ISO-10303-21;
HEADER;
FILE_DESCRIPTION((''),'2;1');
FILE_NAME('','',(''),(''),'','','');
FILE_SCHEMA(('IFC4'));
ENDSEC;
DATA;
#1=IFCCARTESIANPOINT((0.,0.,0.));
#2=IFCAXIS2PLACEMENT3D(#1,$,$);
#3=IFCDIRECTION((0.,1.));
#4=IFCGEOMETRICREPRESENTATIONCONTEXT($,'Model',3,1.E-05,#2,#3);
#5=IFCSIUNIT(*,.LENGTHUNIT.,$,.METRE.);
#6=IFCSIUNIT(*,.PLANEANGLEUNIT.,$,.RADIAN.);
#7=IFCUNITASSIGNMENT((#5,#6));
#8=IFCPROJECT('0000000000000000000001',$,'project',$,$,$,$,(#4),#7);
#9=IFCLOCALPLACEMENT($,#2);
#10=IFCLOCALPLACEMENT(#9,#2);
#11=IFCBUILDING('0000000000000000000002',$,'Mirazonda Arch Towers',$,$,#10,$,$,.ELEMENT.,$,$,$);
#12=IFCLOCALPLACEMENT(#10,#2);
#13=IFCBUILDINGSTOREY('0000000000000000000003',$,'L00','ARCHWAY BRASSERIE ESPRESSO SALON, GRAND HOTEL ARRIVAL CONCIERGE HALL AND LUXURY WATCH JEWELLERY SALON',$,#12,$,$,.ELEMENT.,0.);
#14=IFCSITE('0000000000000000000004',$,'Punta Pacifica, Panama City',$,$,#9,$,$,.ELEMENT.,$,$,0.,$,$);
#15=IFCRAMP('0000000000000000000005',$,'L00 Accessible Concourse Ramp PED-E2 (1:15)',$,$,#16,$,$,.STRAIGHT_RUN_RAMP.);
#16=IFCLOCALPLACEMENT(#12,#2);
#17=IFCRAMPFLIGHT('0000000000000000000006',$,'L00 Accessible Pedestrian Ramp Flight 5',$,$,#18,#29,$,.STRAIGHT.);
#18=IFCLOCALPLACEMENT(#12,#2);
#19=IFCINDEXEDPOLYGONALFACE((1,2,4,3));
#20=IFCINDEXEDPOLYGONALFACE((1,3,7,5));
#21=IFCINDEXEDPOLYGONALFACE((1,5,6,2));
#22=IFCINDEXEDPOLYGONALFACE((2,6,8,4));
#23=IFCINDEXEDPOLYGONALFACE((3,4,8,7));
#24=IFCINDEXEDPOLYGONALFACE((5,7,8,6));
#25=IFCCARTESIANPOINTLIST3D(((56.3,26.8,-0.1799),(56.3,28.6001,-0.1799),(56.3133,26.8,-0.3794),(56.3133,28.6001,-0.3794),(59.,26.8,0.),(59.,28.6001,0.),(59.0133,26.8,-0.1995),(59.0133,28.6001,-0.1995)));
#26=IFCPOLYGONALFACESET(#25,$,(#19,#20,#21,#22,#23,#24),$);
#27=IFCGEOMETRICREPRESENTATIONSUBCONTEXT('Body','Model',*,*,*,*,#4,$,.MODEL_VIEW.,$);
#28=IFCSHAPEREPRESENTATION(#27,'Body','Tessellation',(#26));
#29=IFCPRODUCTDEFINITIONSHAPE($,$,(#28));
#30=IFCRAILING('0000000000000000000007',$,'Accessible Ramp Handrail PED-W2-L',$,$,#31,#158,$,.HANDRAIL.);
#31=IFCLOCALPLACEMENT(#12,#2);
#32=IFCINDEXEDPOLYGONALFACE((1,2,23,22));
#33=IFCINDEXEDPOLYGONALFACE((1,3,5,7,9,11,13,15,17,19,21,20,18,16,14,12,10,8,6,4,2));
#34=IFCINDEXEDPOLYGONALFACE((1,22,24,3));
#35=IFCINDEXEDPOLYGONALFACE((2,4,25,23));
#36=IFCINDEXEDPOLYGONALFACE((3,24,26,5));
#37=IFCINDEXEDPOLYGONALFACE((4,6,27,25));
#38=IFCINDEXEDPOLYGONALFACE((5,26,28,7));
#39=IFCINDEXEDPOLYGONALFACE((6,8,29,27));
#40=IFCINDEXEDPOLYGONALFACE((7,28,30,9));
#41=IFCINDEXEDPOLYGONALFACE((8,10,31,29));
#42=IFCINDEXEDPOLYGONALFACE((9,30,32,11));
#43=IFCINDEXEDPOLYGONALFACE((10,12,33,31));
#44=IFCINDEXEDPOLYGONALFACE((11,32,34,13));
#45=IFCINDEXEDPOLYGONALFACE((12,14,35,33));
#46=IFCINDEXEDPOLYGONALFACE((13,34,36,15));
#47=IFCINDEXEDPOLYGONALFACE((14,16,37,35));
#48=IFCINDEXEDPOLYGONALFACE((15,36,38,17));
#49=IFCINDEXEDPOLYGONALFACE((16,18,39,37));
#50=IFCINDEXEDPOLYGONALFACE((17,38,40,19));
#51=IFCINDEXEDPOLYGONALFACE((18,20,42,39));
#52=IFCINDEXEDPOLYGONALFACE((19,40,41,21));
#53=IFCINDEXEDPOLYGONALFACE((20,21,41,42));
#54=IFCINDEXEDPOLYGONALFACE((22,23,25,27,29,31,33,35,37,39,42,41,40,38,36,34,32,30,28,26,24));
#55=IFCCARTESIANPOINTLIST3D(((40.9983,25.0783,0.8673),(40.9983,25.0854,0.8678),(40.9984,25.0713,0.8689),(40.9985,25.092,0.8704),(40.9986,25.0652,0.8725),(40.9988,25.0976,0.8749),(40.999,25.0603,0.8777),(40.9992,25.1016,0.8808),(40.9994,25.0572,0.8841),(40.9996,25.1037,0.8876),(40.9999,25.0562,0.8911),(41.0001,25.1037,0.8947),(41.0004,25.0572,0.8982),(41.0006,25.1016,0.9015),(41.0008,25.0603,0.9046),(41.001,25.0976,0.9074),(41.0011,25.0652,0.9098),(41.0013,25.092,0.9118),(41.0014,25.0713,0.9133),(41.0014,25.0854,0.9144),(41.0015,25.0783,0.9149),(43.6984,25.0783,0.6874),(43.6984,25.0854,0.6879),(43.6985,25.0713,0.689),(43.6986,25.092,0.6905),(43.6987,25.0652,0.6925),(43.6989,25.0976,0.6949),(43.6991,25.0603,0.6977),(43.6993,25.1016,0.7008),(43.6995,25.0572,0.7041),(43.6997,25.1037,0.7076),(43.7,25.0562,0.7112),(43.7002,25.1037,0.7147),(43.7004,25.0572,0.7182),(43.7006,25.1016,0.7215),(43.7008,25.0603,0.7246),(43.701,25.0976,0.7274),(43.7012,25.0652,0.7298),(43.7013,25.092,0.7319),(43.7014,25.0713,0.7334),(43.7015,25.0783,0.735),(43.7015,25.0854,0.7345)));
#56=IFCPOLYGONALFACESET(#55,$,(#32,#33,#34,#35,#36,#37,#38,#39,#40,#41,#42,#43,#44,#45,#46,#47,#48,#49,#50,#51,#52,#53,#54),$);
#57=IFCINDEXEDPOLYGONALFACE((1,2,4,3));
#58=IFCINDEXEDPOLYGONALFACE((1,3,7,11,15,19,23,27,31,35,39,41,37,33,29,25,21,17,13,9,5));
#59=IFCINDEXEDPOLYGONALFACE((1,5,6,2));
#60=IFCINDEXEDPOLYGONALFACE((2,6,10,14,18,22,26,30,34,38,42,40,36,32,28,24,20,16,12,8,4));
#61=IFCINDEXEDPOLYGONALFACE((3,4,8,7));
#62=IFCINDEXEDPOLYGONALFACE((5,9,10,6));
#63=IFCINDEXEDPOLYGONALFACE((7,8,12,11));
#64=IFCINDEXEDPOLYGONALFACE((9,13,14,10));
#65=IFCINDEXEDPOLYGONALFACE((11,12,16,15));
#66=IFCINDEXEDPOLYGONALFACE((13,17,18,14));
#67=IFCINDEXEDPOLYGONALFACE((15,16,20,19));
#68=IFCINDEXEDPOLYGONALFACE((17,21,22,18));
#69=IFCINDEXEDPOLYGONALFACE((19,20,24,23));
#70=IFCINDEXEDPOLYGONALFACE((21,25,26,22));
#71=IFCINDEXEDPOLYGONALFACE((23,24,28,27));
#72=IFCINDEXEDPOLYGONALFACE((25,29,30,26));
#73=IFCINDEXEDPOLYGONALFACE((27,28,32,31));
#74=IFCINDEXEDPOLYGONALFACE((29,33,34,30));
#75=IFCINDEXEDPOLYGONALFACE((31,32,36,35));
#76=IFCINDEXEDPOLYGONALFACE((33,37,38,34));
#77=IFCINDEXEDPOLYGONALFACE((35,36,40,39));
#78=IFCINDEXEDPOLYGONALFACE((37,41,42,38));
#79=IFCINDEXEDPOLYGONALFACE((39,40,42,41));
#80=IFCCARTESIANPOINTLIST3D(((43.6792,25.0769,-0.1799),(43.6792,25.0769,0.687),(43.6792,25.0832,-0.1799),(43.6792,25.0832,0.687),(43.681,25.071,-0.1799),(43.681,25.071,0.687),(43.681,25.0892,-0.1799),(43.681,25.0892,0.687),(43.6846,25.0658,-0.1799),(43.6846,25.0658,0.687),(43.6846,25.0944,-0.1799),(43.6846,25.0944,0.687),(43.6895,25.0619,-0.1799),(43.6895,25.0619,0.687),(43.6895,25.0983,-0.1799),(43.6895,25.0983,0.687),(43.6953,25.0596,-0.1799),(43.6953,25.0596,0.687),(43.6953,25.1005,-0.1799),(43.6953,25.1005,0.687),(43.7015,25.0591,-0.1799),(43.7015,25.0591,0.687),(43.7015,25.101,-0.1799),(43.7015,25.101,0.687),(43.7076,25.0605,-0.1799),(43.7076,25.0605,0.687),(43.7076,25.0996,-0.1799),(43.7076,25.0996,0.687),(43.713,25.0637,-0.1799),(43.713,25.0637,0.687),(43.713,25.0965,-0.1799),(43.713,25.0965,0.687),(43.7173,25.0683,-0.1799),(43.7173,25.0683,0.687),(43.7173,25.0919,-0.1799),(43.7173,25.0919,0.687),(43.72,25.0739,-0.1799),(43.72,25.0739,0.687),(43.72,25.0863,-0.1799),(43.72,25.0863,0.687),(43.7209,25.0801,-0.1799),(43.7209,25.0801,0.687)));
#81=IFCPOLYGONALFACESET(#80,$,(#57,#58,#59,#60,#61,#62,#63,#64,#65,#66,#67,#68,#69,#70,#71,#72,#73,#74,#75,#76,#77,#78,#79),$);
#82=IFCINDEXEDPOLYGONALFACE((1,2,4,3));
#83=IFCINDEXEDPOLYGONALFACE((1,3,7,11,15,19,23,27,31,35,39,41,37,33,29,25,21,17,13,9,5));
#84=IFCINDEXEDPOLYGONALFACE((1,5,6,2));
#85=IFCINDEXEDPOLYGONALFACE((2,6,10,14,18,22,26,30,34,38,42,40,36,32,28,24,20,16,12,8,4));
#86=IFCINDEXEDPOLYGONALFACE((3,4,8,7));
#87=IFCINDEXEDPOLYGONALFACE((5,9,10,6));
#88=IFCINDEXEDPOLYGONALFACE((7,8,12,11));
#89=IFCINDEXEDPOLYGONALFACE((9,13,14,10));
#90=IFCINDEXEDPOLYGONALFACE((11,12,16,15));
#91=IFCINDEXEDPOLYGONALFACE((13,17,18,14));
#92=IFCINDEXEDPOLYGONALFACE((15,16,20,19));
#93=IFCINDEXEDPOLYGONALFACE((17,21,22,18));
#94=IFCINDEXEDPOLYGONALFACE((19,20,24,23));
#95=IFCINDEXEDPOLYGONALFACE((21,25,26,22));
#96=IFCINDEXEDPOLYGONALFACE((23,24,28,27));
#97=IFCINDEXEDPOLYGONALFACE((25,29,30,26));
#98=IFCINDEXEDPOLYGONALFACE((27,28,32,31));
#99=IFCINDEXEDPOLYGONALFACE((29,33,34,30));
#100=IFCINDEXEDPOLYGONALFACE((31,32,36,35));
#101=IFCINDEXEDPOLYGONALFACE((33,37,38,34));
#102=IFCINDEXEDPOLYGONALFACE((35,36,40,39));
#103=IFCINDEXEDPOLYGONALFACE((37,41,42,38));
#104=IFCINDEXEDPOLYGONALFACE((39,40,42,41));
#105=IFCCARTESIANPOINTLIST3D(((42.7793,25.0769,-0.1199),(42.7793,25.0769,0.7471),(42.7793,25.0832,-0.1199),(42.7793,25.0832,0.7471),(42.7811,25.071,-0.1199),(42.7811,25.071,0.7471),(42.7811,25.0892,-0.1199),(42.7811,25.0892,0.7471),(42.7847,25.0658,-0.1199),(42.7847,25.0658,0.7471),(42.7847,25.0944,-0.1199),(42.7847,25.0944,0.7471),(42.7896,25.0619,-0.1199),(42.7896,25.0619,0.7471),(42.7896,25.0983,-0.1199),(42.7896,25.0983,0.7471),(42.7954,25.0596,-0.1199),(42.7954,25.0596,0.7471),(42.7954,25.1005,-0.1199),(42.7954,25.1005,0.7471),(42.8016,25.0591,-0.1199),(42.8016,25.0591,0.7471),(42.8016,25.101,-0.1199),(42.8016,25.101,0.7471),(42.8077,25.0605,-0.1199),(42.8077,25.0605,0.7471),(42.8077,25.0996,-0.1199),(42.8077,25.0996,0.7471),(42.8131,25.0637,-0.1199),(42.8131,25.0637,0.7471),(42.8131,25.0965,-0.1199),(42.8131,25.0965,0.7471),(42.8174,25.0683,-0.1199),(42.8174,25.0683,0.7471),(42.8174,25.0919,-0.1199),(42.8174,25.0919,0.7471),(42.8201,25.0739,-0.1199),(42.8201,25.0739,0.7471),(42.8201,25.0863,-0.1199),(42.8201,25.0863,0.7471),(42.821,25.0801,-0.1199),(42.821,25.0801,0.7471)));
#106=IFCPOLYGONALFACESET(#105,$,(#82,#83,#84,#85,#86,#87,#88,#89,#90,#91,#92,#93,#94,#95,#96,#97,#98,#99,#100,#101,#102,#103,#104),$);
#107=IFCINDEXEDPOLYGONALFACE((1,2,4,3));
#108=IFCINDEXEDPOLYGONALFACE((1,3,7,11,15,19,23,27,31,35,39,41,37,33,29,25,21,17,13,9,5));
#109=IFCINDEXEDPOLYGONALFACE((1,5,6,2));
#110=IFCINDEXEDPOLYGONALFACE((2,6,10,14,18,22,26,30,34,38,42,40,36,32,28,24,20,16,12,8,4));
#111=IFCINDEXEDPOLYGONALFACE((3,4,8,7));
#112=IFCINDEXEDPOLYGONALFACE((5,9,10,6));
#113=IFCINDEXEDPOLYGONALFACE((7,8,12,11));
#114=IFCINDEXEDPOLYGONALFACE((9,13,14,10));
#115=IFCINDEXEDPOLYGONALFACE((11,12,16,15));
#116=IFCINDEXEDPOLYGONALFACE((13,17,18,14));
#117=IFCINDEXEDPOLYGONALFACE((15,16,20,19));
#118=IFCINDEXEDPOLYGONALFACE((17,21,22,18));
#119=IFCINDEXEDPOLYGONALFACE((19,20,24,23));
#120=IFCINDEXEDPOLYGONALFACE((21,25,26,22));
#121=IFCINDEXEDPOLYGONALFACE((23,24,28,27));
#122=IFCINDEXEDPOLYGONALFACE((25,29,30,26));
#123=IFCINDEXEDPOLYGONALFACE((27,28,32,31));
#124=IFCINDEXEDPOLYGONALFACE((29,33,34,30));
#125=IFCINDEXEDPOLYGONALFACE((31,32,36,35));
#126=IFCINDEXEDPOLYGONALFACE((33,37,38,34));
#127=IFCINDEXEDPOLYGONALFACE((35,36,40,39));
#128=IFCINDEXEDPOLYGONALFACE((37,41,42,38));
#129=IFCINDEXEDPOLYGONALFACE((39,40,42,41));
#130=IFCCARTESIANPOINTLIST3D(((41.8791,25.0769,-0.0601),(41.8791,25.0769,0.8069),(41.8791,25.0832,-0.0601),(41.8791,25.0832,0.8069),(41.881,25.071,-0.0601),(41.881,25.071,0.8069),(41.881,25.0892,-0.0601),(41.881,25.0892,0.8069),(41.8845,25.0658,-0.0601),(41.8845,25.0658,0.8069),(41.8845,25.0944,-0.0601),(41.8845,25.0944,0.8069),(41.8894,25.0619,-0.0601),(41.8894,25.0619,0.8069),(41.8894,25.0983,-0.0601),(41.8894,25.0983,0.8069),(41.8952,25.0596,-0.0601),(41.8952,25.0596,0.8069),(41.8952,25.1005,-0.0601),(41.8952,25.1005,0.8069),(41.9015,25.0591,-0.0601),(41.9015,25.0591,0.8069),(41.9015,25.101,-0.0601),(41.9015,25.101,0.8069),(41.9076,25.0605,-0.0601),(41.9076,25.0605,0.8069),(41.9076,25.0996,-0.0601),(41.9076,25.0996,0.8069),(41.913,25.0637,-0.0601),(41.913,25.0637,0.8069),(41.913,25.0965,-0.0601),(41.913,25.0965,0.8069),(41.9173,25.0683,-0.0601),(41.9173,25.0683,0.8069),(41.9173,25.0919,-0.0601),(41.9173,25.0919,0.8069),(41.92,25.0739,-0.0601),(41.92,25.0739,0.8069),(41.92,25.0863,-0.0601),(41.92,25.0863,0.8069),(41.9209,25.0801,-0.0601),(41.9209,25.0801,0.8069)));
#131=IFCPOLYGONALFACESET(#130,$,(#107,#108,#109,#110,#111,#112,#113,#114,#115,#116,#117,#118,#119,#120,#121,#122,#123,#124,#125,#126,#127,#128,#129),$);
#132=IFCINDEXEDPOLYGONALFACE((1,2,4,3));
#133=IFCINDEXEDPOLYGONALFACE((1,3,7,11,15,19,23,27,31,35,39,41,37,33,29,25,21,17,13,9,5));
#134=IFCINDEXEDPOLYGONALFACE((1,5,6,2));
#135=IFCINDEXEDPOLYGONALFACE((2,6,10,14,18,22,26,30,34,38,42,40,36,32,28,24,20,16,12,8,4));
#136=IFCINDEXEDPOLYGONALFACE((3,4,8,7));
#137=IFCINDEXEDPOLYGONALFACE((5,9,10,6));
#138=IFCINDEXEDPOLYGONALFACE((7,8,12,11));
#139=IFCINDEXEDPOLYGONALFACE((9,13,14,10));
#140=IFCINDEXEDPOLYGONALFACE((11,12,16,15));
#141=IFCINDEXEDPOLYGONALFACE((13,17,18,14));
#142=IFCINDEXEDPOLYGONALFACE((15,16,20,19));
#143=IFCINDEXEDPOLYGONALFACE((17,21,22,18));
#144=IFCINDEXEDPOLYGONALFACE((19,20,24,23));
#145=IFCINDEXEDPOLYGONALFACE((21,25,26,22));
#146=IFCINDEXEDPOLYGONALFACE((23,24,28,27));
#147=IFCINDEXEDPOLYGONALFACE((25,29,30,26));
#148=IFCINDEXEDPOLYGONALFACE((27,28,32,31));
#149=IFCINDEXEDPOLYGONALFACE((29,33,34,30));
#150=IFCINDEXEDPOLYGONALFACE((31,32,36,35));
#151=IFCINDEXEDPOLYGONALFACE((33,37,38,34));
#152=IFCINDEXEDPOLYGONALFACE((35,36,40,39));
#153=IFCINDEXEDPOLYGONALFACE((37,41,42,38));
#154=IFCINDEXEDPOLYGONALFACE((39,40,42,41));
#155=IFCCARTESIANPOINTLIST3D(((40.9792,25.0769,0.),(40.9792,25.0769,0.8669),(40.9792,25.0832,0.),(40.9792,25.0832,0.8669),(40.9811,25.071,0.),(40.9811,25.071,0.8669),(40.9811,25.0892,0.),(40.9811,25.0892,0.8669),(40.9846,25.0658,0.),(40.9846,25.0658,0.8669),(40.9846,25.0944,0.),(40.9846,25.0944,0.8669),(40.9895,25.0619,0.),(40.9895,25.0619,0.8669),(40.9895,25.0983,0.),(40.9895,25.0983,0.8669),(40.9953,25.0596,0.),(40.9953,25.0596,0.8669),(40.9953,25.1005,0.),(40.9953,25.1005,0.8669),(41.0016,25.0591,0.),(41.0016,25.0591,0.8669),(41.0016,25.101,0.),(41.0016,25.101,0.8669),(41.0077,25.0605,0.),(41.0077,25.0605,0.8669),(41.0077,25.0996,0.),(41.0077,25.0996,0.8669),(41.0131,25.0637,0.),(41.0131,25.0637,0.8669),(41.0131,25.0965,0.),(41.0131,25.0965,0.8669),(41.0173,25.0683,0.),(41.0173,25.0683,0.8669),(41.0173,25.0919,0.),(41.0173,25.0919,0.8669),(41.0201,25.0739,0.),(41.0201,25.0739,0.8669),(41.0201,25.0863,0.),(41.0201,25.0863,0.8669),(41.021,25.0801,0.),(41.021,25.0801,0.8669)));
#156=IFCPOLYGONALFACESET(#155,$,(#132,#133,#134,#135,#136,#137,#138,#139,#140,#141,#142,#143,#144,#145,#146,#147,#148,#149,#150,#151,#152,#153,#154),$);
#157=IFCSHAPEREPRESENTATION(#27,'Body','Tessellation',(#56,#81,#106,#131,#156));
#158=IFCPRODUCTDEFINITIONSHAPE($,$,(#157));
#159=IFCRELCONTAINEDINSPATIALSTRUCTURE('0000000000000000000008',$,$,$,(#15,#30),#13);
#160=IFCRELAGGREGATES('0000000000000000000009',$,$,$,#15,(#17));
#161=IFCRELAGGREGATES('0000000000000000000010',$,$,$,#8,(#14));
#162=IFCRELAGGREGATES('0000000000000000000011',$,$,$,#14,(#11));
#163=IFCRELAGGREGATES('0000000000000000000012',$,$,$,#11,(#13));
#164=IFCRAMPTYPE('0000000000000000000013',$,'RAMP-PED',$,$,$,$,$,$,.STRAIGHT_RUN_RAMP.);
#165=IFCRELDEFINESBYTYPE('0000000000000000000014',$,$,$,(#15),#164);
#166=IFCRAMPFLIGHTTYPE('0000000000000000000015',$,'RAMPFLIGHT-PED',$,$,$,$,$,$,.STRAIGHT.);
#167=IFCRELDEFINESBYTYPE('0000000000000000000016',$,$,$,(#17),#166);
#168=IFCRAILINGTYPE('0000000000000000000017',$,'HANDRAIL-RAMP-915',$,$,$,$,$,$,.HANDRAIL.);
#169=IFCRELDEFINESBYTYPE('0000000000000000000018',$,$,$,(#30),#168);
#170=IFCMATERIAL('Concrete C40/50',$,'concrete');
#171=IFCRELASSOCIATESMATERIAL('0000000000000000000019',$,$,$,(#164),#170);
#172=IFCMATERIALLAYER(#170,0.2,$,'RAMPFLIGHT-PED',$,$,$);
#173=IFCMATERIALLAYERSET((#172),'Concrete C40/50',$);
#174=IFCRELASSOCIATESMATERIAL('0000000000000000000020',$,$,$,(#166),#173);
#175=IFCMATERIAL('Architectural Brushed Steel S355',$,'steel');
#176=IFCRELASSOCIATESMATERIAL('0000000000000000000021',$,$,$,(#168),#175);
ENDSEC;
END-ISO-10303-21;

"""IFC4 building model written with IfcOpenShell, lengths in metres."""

from ifc_helpers import new_model, si_unit, direction, frame, origin, origin_2d, place, context, subcontext, project, spatial, polyline, circle, outline, extrude, material, layer, layer_set, type_object, element, aggregate, save


model = new_model("IFC4")

# Units and contexts
model_context = context("Model", 3, precision=1e-05, world=origin(), true_north=direction((0.0, 1.0)))
body_context = subcontext(model_context, "Body", "Model", "MODEL_VIEW")
ifc_project = project(units=[si_unit("LENGTHUNIT", "METRE"), si_unit("PLANEANGLEUNIT", "RADIAN")], contexts=[model_context])

# Site, building, storey
site_placement = place(None, origin())
site = spatial("IfcSite", under=ifc_project, at=site_placement, Name="Punta Pacifica, Panama City", CompositionType="ELEMENT", RefElevation=0.0)
building_placement = place(site_placement, origin())
building = spatial("IfcBuilding", under=site, at=building_placement, Name="Mirazonda Arch Towers", CompositionType="ELEMENT")
storey_placement = place(building_placement, origin())
storey = spatial("IfcBuildingStorey", under=building, at=storey_placement, Name="L00", Description="ARCHWAY BRASSERIE ESPRESSO SALON, GRAND HOTEL ARRIVAL CONCIERGE HALL AND LUXURY WATCH JEWELLERY SALON", CompositionType="ELEMENT", Elevation=0.0)

# Ramp, ramp flight
ifc_material_1 = material(Name="Concrete C40/50", Category="concrete")
ramp_type = type_object("IfcRampType", Name="RAMP-PED", PredefinedType="STRAIGHT_RUN_RAMP", material=ifc_material_1)
ifc_layer_1 = layer(ifc_material_1, 0.2, Name="RAMPFLIGHT-PED")
ifc_layer_set_1 = layer_set([ifc_layer_1], Name="Concrete C40/50")
ramp_flight_type = type_object("IfcRampFlightType", Name="RAMPFLIGHT-PED", PredefinedType="STRAIGHT", material=ifc_layer_set_1)
ramp_1_placement = place(storey_placement, origin())
ramp_1 = element("IfcRamp", 1, at=ramp_1_placement, inside=storey, type_object=ramp_type, Name="L00 Accessible Concourse Ramp PED-E2 (1:15)", PredefinedType="STRAIGHT_RUN_RAMP")
ramp_flight_1_placement = place(storey_placement, frame((56.3, 26.8, -0.1799), z_axis=(-0.066495, 0.0, 0.997787), x_axis=(0.997787, 0.0, 0.066495)))
ramp_flight_1 = element("IfcRampFlight", 2, at=ramp_flight_1_placement, type_object=ramp_flight_type, Name="L00 Accessible Pedestrian Ramp Flight 5", PredefinedType="STRAIGHT", context=body_context, shape_type="SweptSolid", body=[
    extrude(outline(polyline([(0.0, 0.0), (2.7059, 0.0), (2.7059, 1.8), (0.0, 1.8), (0.0, 0.0)])), origin(), (0.0, 0.0, -1.0), 0.2),
])
aggregate(ramp_1, [ramp_flight_1])

# Railing
ifc_material_2 = material(Name="Architectural Brushed Steel S355", Category="steel")
railing_type_1 = type_object("IfcRailingType", Name="HANDRAIL-RAMP-915", PredefinedType="HANDRAIL", material=ifc_material_2)
for number, where, name in (
    (3, (43.7, 25.0801, -0.1799), "Accessible Ramp Handrail PED-W2-L"),
):
    element("IfcRailing", number, at=place(storey_placement, frame(where)), inside=storey, type_object=railing_type_1, Name=name, PredefinedType="HANDRAIL", context=body_context, shape_type="SweptSolid", body=[
        extrude(circle(Radius=0.0239, at=origin_2d()), frame((0.0, 0.0, 0.8911), z_axis=(-0.997787, 0.0, 0.066495), x_axis=(0.0, -1.0, 0.0)), (0.0, 0.0, 1.0), 2.7061),
        extrude(circle(Radius=0.021, at=origin_2d()), origin(), (0.0, 0.0, 1.0), 0.8669),
        extrude(circle(Radius=0.021, at=origin_2d()), frame((-0.8999, 0.0, 0.0601)), (0.0, 0.0, 1.0), 0.8669),
        extrude(circle(Radius=0.021, at=origin_2d()), frame((-1.8, 0.0, 0.1199)), (0.0, 0.0, 1.0), 0.8669),
        extrude(circle(Radius=0.021, at=origin_2d()), frame((-2.7, 0.0, 0.1799)), (0.0, 0.0, 1.0), 0.8669),
    ])

save(model, "model.ifc")
